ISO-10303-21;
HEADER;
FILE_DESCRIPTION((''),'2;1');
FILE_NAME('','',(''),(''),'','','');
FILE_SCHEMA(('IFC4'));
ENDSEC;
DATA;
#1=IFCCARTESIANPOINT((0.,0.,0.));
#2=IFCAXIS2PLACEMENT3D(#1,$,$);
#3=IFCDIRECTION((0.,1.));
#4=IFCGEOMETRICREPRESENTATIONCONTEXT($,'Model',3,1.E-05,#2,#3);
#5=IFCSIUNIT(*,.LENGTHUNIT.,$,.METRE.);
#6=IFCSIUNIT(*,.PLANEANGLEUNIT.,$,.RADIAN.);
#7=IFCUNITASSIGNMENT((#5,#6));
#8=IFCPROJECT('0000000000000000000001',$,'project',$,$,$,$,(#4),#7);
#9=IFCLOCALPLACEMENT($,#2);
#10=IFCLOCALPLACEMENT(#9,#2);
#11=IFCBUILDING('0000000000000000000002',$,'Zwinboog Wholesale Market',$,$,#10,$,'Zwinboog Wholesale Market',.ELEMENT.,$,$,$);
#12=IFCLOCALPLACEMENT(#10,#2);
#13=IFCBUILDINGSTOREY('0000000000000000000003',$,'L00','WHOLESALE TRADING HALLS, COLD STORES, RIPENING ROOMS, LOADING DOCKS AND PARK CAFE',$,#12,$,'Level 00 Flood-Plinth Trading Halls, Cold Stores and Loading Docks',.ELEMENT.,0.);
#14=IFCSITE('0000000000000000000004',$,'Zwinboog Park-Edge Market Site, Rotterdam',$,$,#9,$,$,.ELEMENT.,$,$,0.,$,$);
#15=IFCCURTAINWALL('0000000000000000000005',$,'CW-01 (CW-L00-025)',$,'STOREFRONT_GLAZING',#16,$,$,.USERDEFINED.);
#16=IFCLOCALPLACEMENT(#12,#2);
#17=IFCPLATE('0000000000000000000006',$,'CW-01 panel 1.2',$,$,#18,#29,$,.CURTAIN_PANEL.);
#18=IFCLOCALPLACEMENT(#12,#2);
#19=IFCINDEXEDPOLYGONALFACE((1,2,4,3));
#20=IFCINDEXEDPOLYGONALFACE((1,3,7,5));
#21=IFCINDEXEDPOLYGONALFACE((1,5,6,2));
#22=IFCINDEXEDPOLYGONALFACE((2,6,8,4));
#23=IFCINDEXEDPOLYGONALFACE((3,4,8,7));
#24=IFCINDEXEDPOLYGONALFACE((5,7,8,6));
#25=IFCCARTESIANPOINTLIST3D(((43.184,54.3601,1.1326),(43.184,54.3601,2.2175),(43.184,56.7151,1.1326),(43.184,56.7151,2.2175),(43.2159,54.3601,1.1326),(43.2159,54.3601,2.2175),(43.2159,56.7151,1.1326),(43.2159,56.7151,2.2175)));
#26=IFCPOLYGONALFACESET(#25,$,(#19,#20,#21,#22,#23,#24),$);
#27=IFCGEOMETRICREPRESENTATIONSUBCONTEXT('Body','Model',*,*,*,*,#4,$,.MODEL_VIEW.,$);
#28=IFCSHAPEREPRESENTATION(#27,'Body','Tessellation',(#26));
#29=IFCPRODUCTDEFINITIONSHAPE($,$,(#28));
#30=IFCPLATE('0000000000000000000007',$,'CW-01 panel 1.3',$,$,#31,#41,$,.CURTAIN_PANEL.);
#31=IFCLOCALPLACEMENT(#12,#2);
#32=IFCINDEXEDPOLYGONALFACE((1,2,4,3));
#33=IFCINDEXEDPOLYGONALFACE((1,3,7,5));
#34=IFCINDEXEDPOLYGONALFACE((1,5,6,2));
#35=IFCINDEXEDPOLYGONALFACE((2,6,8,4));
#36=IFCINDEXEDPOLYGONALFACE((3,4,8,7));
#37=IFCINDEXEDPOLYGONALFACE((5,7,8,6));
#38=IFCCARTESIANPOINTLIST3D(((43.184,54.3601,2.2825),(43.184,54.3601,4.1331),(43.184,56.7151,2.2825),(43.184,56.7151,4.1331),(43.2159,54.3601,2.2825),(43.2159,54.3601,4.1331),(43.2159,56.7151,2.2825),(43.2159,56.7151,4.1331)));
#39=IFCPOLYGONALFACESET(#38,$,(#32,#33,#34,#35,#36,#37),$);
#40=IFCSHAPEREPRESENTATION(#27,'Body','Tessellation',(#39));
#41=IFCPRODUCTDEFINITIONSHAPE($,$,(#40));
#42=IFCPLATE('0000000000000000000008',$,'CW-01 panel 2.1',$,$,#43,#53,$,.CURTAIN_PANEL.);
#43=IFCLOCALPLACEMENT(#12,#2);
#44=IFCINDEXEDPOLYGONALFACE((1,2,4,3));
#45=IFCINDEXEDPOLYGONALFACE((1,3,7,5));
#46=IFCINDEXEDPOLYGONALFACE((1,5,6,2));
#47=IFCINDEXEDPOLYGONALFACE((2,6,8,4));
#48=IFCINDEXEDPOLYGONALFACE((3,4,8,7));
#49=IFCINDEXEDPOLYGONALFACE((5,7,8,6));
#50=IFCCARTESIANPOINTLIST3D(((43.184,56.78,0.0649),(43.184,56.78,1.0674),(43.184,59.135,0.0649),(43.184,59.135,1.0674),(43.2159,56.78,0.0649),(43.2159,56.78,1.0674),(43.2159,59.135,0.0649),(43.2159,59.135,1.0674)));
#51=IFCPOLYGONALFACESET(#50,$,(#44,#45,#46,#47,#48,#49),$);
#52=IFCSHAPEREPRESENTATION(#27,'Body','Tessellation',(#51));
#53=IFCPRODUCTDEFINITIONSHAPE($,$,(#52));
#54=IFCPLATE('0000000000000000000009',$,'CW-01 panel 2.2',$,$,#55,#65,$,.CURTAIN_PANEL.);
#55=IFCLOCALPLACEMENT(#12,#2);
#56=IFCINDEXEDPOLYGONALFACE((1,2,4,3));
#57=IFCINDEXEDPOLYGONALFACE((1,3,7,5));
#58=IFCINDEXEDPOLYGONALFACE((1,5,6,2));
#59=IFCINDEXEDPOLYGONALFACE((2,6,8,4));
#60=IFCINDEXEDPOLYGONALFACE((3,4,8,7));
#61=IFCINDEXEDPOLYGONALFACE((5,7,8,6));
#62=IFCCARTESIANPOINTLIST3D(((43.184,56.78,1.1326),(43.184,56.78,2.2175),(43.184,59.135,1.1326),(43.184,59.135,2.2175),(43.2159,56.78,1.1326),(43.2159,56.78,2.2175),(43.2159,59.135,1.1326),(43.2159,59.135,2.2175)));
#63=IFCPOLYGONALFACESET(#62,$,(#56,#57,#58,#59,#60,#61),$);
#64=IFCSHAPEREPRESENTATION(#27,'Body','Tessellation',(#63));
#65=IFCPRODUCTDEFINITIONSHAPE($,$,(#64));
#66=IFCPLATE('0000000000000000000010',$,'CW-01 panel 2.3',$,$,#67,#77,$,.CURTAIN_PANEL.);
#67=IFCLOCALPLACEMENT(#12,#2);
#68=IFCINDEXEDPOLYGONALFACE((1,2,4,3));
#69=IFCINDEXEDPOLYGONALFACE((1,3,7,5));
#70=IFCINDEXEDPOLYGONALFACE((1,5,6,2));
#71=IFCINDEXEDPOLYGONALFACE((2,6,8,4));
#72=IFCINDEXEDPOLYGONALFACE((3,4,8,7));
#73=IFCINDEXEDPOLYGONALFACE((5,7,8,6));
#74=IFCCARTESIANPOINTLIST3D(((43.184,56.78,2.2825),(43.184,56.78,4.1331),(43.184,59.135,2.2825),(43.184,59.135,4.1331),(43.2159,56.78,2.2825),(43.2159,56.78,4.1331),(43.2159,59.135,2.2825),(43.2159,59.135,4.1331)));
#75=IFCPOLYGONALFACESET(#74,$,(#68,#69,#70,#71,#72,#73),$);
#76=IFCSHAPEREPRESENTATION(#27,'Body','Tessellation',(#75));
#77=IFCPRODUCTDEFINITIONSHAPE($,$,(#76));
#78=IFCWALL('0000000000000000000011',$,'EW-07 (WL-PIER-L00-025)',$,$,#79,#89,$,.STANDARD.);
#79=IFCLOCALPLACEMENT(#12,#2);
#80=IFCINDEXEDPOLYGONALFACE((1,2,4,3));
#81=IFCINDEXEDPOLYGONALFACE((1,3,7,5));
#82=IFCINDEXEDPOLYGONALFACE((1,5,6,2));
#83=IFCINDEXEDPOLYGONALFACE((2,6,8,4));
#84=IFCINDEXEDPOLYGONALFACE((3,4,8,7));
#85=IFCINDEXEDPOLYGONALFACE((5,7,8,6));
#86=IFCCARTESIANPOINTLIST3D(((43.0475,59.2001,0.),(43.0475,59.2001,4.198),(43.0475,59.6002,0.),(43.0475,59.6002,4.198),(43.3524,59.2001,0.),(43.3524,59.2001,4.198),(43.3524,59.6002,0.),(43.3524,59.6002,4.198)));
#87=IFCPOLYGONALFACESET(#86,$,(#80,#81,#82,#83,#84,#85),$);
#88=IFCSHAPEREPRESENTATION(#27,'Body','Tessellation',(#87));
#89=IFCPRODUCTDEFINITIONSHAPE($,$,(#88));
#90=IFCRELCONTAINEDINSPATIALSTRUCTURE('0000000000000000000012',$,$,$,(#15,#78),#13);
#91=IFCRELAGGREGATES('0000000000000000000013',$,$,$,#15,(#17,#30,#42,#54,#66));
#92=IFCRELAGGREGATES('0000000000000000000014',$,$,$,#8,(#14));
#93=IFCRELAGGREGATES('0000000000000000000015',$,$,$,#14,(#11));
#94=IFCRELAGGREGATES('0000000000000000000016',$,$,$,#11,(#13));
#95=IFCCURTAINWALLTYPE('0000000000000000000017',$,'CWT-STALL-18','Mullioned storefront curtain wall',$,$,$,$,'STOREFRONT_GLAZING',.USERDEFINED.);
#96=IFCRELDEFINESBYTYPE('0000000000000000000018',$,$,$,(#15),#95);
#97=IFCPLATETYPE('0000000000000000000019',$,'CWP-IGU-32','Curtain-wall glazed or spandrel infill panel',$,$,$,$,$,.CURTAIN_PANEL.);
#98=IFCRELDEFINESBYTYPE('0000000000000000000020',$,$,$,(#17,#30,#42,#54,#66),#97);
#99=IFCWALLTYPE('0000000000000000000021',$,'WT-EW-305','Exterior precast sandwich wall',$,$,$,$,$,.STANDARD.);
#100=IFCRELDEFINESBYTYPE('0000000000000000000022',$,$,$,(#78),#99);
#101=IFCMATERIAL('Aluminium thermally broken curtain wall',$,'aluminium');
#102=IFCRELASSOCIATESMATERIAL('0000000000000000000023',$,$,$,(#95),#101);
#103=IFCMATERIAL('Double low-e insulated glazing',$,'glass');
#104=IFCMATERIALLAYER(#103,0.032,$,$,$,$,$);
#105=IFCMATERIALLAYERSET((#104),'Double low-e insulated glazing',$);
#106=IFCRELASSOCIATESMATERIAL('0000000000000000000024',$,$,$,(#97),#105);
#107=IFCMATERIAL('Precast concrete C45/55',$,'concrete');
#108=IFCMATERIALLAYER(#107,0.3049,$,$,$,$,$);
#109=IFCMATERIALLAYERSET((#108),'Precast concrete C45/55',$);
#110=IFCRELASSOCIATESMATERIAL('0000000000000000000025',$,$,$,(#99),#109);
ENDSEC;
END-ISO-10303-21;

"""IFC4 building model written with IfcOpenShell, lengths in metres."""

from ifc_helpers import new_model, si_unit, direction, frame, frame_2d, origin, origin_2d, place, context, subcontext, project, spatial, rectangle, extrude, material, layer, layer_set, type_object, element, aggregate, save


model = new_model("IFC4")

# Units and contexts
model_context = context("Model", 3, precision=1e-05, world=origin(), true_north=direction((0.0, 1.0)))
body_context = subcontext(model_context, "Body", "Model", "MODEL_VIEW")
ifc_project = project(units=[si_unit("LENGTHUNIT", "METRE"), si_unit("PLANEANGLEUNIT", "RADIAN")], contexts=[model_context])

# Site, building, storey
site_placement = place(None, origin())
site = spatial("IfcSite", under=ifc_project, at=site_placement, Name="Zwinboog Park-Edge Market Site, Rotterdam", CompositionType="ELEMENT", RefElevation=0.0)
building_placement = place(site_placement, origin())
building = spatial("IfcBuilding", under=site, at=building_placement, Name="Zwinboog Wholesale Market", LongName="Zwinboog Wholesale Market", CompositionType="ELEMENT")
storey_placement = place(building_placement, origin())
storey = spatial("IfcBuildingStorey", under=building, at=storey_placement, Name="L00", Description="WHOLESALE TRADING HALLS, COLD STORES, RIPENING ROOMS, LOADING DOCKS AND PARK CAFE", LongName="Level 00 Flood-Plinth Trading Halls, Cold Stores and Loading Docks", CompositionType="ELEMENT", Elevation=0.0)

# Curtain wall
ifc_material_1 = material(Name="Aluminium thermally broken curtain wall", Category="aluminium")
curtain_wall_type_1 = type_object("IfcCurtainWallType", Name="CWT-STALL-18", Description="Mullioned storefront curtain wall", ElementType="STOREFRONT_GLAZING", PredefinedType="USERDEFINED", material=ifc_material_1)
curtain_wall_1_placement = place(storey_placement, origin())
curtain_wall_1 = element("IfcCurtainWall", 1, at=curtain_wall_1_placement, inside=storey, type_object=curtain_wall_type_1, Name="CW-01 (CW-L00-025)", ObjectType="STOREFRONT_GLAZING", PredefinedType="USERDEFINED")

# Plates
ifc_material_2 = material(Name="Double low-e insulated glazing", Category="glass")
ifc_layer_1 = layer(ifc_material_2, 0.032)
ifc_layer_set_1 = layer_set([ifc_layer_1], Name="Double low-e insulated glazing")
plate_type = type_object("IfcPlateType", Name="CWP-IGU-32", Description="Curtain-wall glazed or spandrel infill panel", PredefinedType="CURTAIN_PANEL", material=ifc_layer_set_1)
plate_1_placement = place(storey_placement, frame((43.2, 55.5376, 1.1326), z_axis=(0.0, 0.0, 1.0), x_axis=(0.0, 1.0, 0.0)))
plate_1 = element("IfcPlate", 2, at=plate_1_placement, type_object=plate_type, Name="CW-01 panel 1.2", PredefinedType="CURTAIN_PANEL", context=body_context, shape_type="SweptSolid", body=[
    extrude(rectangle(XDim=2.355, YDim=0.032, at=origin_2d()), origin(), (0.0, 0.0, 1.0), 1.085),
])
plate_2_placement = place(storey_placement, frame((43.2, 55.5376, 2.2825), z_axis=(0.0, 0.0, 1.0), x_axis=(0.0, 1.0, 0.0)))
plate_2 = element("IfcPlate", 3, at=plate_2_placement, type_object=plate_type, Name="CW-01 panel 1.3", PredefinedType="CURTAIN_PANEL", context=body_context, shape_type="SweptSolid", body=[
    extrude(rectangle(XDim=2.355, YDim=0.032, at=origin_2d()), origin(), (0.0, 0.0, 1.0), 1.8506),
])
plate_3_placement = place(storey_placement, frame((43.2, 57.9575, 0.0649), z_axis=(0.0, 0.0, 1.0), x_axis=(0.0, 1.0, 0.0)))
plate_3 = element("IfcPlate", 4, at=plate_3_placement, type_object=plate_type, Name="CW-01 panel 2.1", PredefinedType="CURTAIN_PANEL", context=body_context, shape_type="SweptSolid", body=[
    extrude(rectangle(XDim=2.355, YDim=0.032, at=origin_2d()), origin(), (0.0, 0.0, 1.0), 1.0024),
])
plate_4_placement = place(storey_placement, frame((43.2, 57.9575, 1.1326), z_axis=(0.0, 0.0, 1.0), x_axis=(0.0, 1.0, 0.0)))
plate_4 = element("IfcPlate", 5, at=plate_4_placement, type_object=plate_type, Name="CW-01 panel 2.2", PredefinedType="CURTAIN_PANEL", context=body_context, shape_type="SweptSolid", body=[
    extrude(rectangle(XDim=2.355, YDim=0.032, at=origin_2d()), origin(), (0.0, 0.0, 1.0), 1.085),
])
plate_5_placement = place(storey_placement, frame((43.2, 57.9575, 2.2825), z_axis=(0.0, 0.0, 1.0), x_axis=(0.0, 1.0, 0.0)))
plate_5 = element("IfcPlate", 6, at=plate_5_placement, type_object=plate_type, Name="CW-01 panel 2.3", PredefinedType="CURTAIN_PANEL", context=body_context, shape_type="SweptSolid", body=[
    extrude(rectangle(XDim=2.355, YDim=0.032, at=origin_2d()), origin(), (0.0, 0.0, 1.0), 1.8506),
])
aggregate(curtain_wall_1, [plate_1, plate_2, plate_3, plate_4, plate_5])

# Wall
ifc_material_3 = material(Name="Precast concrete C45/55", Category="concrete")
ifc_layer_2 = layer(ifc_material_3, 0.3049)
ifc_layer_set_2 = layer_set([ifc_layer_2], Name="Precast concrete C45/55")
wall_type = type_object("IfcWallType", Name="WT-EW-305", Description="Exterior precast sandwich wall", PredefinedType="STANDARD", material=ifc_layer_set_2)
wall_placement = place(storey_placement, frame((43.2, 59.2, 0.0), z_axis=(0.0, 0.0, 1.0), x_axis=(0.0, 1.0, 0.0)))
element("IfcWall", 7, at=wall_placement, inside=storey, type_object=wall_type, Name="EW-07 (WL-PIER-L00-025)", PredefinedType="STANDARD", context=body_context, shape_type="SweptSolid", body=[
    extrude(rectangle(XDim=0.4001, YDim=0.3049, at=frame_2d((0.2002, 0.0))), origin(), (0.0, 0.0, 1.0), 4.198),
])

save(model, "model.ifc")
